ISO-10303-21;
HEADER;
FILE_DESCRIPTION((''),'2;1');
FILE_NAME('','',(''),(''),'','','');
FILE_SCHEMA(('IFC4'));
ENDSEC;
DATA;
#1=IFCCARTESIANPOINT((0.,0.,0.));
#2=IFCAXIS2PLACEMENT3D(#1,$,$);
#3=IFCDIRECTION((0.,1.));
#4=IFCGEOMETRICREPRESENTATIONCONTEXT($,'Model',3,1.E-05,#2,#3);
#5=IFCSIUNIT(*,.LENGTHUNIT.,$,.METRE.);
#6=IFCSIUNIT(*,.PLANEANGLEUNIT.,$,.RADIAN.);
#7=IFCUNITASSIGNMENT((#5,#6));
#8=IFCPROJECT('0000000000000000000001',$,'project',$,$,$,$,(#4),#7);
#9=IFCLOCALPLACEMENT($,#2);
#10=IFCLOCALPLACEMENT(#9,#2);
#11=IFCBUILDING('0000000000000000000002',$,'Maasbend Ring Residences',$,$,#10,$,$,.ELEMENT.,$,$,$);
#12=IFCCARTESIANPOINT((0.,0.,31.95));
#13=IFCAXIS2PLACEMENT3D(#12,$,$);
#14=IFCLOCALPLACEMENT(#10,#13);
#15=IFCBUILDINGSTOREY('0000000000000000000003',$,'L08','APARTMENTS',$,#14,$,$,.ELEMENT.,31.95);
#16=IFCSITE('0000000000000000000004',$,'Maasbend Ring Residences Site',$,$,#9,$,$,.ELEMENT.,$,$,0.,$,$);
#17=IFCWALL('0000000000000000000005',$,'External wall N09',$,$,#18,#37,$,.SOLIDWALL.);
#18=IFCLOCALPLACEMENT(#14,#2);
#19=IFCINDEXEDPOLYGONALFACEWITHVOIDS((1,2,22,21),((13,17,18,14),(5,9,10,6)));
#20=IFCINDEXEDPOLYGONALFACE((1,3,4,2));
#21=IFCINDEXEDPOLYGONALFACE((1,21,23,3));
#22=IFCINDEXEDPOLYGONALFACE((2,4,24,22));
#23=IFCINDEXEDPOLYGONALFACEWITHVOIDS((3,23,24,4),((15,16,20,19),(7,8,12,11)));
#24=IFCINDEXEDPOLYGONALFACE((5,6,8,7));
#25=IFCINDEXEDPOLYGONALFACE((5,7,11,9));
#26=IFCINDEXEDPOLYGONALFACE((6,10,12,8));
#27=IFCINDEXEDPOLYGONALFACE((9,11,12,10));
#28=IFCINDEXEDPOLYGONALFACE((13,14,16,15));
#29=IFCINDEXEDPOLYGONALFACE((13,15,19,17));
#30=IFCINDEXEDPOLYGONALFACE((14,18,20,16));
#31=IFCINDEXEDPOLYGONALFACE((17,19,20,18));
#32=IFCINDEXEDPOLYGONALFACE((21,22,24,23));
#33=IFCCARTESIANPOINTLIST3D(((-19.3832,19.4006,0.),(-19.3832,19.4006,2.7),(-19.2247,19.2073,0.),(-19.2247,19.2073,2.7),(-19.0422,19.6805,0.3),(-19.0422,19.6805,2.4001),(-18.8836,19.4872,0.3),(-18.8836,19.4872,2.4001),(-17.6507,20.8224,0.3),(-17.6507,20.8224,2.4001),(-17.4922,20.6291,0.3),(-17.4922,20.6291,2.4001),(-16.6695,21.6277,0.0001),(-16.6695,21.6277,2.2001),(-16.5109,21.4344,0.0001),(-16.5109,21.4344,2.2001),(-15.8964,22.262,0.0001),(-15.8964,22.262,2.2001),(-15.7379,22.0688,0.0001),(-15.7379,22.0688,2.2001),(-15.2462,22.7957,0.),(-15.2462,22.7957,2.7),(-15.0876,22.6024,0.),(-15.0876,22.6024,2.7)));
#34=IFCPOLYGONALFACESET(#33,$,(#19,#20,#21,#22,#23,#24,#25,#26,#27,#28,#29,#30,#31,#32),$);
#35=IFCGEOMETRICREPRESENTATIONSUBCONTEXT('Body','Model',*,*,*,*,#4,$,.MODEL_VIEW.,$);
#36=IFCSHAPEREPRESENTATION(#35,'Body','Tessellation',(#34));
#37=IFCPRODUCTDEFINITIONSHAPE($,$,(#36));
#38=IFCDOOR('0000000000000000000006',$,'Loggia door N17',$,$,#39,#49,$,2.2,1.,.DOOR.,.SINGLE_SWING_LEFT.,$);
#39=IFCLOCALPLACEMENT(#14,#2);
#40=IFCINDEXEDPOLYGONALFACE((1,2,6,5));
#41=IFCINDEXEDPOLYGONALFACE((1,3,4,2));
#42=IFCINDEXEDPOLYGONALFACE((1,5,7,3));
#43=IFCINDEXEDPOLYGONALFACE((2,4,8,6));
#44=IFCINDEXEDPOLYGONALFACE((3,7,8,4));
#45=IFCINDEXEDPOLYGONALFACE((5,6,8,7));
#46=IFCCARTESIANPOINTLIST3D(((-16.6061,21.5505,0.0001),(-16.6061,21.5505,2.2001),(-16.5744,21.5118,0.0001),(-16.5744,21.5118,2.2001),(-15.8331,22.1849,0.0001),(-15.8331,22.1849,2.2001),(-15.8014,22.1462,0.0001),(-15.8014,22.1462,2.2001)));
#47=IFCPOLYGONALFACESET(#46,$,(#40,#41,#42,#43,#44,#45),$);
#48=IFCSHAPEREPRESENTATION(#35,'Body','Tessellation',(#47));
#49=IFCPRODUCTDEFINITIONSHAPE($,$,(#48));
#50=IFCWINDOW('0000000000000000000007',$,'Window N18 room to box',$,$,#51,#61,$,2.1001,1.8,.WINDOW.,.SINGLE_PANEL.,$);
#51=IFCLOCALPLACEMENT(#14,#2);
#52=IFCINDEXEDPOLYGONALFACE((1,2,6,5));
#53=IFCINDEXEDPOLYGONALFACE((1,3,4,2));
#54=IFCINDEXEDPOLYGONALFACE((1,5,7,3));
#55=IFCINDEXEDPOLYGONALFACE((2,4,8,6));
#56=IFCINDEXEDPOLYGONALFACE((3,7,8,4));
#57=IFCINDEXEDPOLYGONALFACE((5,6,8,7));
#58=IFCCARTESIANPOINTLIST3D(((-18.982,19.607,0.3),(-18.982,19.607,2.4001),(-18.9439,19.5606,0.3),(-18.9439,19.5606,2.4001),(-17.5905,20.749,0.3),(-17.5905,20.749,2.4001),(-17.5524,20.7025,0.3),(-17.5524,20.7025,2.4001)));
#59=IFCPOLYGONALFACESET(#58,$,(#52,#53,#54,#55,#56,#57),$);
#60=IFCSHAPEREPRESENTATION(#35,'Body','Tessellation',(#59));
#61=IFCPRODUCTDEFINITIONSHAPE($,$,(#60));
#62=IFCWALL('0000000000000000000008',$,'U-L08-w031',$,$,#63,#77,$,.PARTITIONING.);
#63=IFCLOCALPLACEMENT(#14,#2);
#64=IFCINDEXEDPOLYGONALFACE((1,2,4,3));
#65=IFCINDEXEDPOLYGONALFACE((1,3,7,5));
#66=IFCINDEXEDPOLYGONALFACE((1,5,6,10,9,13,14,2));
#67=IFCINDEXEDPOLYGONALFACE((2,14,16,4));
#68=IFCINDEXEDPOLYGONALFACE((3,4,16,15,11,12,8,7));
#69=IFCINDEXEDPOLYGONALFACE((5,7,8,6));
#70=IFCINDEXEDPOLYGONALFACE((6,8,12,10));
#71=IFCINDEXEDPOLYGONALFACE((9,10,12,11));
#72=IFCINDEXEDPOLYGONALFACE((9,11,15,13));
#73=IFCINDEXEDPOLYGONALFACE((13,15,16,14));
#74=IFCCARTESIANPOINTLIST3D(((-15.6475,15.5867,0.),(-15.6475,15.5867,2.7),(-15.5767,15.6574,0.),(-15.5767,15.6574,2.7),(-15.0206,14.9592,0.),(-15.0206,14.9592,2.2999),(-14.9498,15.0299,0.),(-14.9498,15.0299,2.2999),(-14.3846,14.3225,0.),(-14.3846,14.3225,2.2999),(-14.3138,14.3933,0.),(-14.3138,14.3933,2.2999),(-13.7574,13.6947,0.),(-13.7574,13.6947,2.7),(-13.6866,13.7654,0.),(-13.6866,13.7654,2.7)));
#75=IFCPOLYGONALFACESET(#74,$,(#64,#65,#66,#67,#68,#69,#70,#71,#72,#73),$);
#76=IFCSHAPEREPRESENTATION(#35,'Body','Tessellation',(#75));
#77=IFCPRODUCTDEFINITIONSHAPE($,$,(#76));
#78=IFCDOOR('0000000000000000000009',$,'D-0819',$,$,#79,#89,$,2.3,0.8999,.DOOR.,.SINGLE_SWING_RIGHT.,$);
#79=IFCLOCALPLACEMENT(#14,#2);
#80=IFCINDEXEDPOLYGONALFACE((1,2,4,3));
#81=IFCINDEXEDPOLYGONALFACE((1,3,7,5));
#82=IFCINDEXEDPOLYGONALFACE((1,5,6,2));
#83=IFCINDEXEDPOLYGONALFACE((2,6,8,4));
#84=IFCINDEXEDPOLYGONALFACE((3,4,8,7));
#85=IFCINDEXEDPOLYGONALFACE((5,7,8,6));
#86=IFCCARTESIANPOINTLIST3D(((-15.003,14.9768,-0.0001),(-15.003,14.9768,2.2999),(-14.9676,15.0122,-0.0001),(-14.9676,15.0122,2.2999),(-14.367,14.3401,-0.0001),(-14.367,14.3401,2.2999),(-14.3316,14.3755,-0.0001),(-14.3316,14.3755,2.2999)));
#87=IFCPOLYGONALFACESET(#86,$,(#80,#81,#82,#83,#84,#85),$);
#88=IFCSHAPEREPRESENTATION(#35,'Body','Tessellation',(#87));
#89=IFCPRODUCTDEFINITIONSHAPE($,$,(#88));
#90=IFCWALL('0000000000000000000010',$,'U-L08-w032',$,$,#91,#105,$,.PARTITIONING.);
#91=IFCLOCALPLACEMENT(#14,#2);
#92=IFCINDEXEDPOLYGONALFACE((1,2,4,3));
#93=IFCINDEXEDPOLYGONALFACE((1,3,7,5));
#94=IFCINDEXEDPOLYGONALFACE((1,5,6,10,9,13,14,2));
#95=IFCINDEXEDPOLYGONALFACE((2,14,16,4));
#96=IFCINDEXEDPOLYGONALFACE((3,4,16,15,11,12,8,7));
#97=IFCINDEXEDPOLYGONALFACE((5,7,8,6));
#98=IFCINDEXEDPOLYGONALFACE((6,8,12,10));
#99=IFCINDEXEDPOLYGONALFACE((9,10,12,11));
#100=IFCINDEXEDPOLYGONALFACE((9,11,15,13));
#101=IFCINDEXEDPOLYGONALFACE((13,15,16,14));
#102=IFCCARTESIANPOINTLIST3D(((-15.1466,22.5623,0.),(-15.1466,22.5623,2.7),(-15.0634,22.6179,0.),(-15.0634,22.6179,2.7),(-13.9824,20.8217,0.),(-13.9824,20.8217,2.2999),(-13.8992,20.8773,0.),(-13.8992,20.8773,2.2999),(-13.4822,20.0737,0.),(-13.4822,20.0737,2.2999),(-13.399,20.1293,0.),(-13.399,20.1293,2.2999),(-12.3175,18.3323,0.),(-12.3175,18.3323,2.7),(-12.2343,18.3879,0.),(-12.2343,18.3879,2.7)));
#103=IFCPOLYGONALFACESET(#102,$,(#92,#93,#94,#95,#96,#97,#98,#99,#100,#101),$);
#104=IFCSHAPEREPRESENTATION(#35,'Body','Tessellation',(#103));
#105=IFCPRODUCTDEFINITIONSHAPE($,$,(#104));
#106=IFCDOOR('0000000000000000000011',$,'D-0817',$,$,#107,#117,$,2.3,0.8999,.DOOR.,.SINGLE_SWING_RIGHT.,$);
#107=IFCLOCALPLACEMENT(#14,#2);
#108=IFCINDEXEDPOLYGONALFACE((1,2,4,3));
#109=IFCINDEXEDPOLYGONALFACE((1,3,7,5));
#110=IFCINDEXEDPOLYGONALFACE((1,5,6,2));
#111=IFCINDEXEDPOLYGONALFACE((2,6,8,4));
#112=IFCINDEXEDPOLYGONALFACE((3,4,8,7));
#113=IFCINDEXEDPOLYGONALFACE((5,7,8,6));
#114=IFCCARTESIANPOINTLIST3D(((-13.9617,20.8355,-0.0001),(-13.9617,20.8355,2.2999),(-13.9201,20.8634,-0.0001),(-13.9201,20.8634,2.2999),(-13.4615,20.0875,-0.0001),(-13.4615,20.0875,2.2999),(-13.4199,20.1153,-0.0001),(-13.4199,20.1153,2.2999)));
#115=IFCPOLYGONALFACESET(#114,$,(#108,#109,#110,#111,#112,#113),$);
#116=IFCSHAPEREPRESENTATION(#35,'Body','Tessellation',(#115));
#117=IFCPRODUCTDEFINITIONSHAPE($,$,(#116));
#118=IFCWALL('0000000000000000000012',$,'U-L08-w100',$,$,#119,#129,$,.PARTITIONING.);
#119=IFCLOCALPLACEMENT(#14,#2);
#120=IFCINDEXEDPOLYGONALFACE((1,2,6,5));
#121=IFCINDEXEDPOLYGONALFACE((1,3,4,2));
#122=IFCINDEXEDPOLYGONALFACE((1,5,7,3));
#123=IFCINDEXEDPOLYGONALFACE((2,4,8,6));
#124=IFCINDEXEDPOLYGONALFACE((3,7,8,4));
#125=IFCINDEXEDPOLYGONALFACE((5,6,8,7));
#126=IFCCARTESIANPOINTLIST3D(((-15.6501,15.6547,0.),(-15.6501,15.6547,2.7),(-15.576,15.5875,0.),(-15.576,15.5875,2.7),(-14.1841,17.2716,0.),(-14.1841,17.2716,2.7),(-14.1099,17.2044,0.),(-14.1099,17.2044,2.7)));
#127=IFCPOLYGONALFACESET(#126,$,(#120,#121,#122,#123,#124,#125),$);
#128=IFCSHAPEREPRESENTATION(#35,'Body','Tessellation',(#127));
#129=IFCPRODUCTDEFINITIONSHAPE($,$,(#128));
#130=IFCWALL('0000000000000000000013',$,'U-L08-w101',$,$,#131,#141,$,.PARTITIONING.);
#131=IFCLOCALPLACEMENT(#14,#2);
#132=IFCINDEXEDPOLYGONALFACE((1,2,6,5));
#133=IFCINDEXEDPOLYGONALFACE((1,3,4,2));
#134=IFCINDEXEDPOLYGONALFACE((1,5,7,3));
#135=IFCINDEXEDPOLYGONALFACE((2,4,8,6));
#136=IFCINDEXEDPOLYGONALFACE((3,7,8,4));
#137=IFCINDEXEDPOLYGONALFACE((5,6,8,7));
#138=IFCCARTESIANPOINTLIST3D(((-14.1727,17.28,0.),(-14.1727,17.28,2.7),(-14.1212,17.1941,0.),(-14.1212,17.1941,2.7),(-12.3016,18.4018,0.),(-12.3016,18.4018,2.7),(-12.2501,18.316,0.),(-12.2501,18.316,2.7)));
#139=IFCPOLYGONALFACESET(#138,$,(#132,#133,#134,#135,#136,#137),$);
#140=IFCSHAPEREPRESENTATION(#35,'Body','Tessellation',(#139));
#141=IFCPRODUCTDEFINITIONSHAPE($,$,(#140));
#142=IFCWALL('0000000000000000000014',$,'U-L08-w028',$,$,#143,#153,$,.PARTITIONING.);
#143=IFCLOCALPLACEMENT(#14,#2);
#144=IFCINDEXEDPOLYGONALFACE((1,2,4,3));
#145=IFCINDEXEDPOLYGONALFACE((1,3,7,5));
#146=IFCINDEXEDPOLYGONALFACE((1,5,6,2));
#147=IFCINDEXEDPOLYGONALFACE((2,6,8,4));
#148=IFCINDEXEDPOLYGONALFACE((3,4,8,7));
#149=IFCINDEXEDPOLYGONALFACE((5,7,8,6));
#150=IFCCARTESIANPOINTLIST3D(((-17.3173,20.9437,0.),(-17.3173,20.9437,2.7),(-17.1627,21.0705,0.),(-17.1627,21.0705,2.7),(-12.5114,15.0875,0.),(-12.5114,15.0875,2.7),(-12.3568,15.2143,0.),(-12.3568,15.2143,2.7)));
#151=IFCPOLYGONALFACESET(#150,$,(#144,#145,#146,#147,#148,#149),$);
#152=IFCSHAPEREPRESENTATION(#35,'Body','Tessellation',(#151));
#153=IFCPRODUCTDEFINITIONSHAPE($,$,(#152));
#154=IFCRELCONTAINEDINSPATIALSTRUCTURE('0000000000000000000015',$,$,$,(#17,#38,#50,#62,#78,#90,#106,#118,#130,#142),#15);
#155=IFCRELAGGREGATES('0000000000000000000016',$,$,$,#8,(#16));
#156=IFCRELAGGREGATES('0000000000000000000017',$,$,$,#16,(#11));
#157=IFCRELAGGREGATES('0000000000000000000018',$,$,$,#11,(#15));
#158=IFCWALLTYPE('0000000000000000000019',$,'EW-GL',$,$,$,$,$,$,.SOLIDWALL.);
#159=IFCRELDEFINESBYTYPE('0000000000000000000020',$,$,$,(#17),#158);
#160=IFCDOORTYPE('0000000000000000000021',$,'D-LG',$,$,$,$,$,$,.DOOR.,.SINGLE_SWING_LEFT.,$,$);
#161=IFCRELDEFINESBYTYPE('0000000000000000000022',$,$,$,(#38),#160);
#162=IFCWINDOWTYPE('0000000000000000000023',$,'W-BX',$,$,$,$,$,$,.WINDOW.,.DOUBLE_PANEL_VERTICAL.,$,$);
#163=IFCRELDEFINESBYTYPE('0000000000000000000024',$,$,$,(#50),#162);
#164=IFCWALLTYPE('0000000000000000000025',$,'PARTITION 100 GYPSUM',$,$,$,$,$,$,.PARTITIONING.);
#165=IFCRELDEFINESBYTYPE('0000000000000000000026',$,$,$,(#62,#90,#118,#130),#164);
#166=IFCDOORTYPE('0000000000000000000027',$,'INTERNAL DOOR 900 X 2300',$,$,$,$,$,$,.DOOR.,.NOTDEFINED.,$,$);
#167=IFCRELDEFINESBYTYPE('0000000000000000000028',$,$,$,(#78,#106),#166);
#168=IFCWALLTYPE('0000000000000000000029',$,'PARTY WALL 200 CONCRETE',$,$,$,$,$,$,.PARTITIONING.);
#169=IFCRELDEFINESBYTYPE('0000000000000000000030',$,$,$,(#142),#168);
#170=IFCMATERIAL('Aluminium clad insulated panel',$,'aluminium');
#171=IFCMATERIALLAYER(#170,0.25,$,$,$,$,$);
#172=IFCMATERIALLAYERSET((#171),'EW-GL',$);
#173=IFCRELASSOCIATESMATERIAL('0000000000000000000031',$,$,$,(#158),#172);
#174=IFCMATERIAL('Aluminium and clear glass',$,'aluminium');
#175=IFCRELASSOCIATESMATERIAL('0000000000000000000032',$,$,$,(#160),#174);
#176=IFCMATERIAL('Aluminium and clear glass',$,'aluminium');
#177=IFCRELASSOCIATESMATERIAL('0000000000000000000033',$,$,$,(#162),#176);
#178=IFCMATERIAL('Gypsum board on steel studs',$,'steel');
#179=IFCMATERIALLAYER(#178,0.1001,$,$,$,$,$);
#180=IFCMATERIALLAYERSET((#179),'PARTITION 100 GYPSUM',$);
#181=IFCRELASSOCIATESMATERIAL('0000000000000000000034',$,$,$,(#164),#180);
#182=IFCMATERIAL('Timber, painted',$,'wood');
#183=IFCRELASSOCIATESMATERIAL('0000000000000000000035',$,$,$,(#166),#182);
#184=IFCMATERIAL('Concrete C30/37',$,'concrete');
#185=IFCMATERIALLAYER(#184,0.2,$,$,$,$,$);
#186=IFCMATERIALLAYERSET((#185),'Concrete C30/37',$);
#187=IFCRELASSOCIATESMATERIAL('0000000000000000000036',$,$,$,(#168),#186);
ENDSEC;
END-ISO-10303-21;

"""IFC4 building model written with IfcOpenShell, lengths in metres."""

from ifc_helpers import new_model, si_unit, direction, frame, frame_2d, origin, place, context, subcontext, project, spatial, rectangle, extrude, material, layer, layer_set, type_object, element, fill, save


model = new_model("IFC4")

# Units and contexts
model_context = context("Model", 3, precision=1e-05, world=origin(), true_north=direction((0.0, 1.0)))
body_context = subcontext(model_context, "Body", "Model", "MODEL_VIEW")
ifc_project = project(units=[si_unit("LENGTHUNIT", "METRE"), si_unit("PLANEANGLEUNIT", "RADIAN")], contexts=[model_context])

# Site, building, storey
site_placement = place(None, origin())
site = spatial("IfcSite", under=ifc_project, at=site_placement, Name="Maasbend Ring Residences Site", CompositionType="ELEMENT", RefElevation=0.0)
building_placement = place(site_placement, origin())
building = spatial("IfcBuilding", under=site, at=building_placement, Name="Maasbend Ring Residences", CompositionType="ELEMENT")
storey_placement = place(building_placement, frame((0.0, 0.0, 31.95)))
storey = spatial("IfcBuildingStorey", under=building, at=storey_placement, Name="L08", Description="APARTMENTS", CompositionType="ELEMENT", Elevation=31.95)

# Wall, openings, door, window
ifc_material_1 = material(Name="Aluminium clad insulated panel", Category="aluminium")
ifc_layer_1 = layer(ifc_material_1, 0.25)
ifc_layer_set_1 = layer_set([ifc_layer_1], Name="EW-GL")
wall_type_1 = type_object("IfcWallType", Name="EW-GL", PredefinedType="SOLIDWALL", material=ifc_layer_set_1)
wall_1_placement = place(storey_placement, frame((-15.167, 22.699, 0.0), z_axis=(0.0, 0.0, 1.0), x_axis=(-0.773019, -0.634382, 0.0)))
wall_1 = element("IfcWall", 1, at=wall_1_placement, inside=storey, type_object=wall_type_1, Name="External wall N09", PredefinedType="SOLIDWALL", context=body_context, shape_type="SweptSolid", body=[
    extrude(rectangle(XDim=5.3518, YDim=0.25, at=frame_2d((2.6758, 0.0))), origin(), (0.0, 0.0, 1.0), 2.7),
])
opening_1_placement = place(wall_1_placement, frame((0.8411, 0.0, 0.0)))
opening_1 = element("IfcOpeningElement", 2, at=opening_1_placement, cuts=wall_1, PredefinedType="OPENING", context=body_context, shape_type="SweptSolid", body=[
    extrude(rectangle(XDim=1.0, YDim=2.2, at=frame_2d((0.5, 1.1001))), frame((0.0, 0.135, 0.0), z_axis=(0.0, -1.0, 0.0), x_axis=(1.0, 0.0, 0.0)), (0.0, 0.0, 1.0), 0.27),
])
opening_2_placement = place(wall_1_placement, frame((3.1106, 0.0, 0.3)))
opening_2 = element("IfcOpeningElement", 3, at=opening_2_placement, cuts=wall_1, PredefinedType="OPENING", context=body_context, shape_type="SweptSolid", body=[
    extrude(rectangle(XDim=1.8, YDim=2.1001, at=frame_2d((0.8999, 1.05))), frame((0.0, 0.135, 0.0), z_axis=(0.0, -1.0, 0.0), x_axis=(1.0, 0.0, 0.0)), (0.0, 0.0, 1.0), 0.27),
])
ifc_material_2 = material(Name="Aluminium and clear glass", Category="aluminium")
door_type_1 = type_object("IfcDoorType", Name="D-LG", OperationType="SINGLE_SWING_LEFT", PredefinedType="DOOR", material=ifc_material_2)
door_1_placement = place(opening_1_placement, origin())
door_1 = element("IfcDoor", 4, at=door_1_placement, inside=storey, type_object=door_type_1, Name="Loggia door N17", OperationType="SINGLE_SWING_LEFT", OverallHeight=2.2, OverallWidth=1.0, PredefinedType="DOOR", context=body_context, shape_type="SweptSolid", body=[
    extrude(rectangle(XDim=1.0, YDim=2.2, at=frame_2d((0.5, 1.1001))), frame((0.0, 0.0249, 0.0), z_axis=(0.0, -1.0, 0.0), x_axis=(1.0, 0.0, 0.0)), (0.0, 0.0, 1.0), 0.05),
])
fill(opening_1, door_1)
ifc_material_3 = material(Name="Aluminium and clear glass", Category="aluminium")
window_type_1 = type_object("IfcWindowType", Name="W-BX", PartitioningType="DOUBLE_PANEL_VERTICAL", PredefinedType="WINDOW", material=ifc_material_3)
window_1_placement = place(opening_2_placement, origin())
window_1 = element("IfcWindow", 5, at=window_1_placement, inside=storey, type_object=window_type_1, Name="Window N18 room to box", OverallHeight=2.1001, OverallWidth=1.8, PartitioningType="SINGLE_PANEL", PredefinedType="WINDOW", context=body_context, shape_type="SweptSolid", body=[
    extrude(rectangle(XDim=1.8, YDim=2.1001, at=frame_2d((0.8999, 1.05))), frame((0.0, 0.03, 0.0), z_axis=(0.0, -1.0, 0.0), x_axis=(1.0, 0.0, 0.0)), (0.0, 0.0, 1.0), 0.0601),
])
fill(opening_2, window_1)

# Walls, openings, doors
ifc_material_4 = material(Name="Gypsum board on steel studs", Category="steel")
ifc_layer_2 = layer(ifc_material_4, 0.1001)
ifc_layer_set_2 = layer_set([ifc_layer_2], Name="PARTITION 100 GYPSUM")
wall_type_2 = type_object("IfcWallType", Name="PARTITION 100 GYPSUM", PredefinedType="PARTITIONING", material=ifc_layer_set_2)
wall_2_placement = place(storey_placement, frame((-15.6121, 15.6221, 0.0), z_axis=(0.0, 0.0, 1.0), x_axis=(0.706742, -0.707472, 0.0)))
wall_2 = element("IfcWall", 6, at=wall_2_placement, inside=storey, type_object=wall_type_2, Name="U-L08-w031", PredefinedType="PARTITIONING", context=body_context, shape_type="SweptSolid", body=[
    extrude(rectangle(XDim=2.6743, YDim=0.1001, at=frame_2d((1.3372, 0.0))), origin(), (0.0, 0.0, 1.0), 2.7),
])
opening_3_placement = place(wall_2_placement, frame((0.887, 0.0, 0.0)))
opening_3 = element("IfcOpeningElement", 7, at=opening_3_placement, cuts=wall_2, PredefinedType="OPENING", context=body_context, shape_type="SweptSolid", body=[
    extrude(rectangle(XDim=0.8999, YDim=2.3, at=frame_2d((0.45, 1.1499))), frame((0.0, 0.0601, 0.0), z_axis=(0.0, -1.0, 0.0), x_axis=(1.0, 0.0, 0.0)), (0.0, 0.0, 1.0), 0.1201),
])
ifc_material_5 = material(Name="Timber, painted", Category="wood")
door_type_2 = type_object("IfcDoorType", Name="INTERNAL DOOR 900 X 2300", OperationType="NOTDEFINED", PredefinedType="DOOR", material=ifc_material_5)
door_2_placement = place(opening_3_placement, origin())
door_2 = element("IfcDoor", 8, at=door_2_placement, inside=storey, type_object=door_type_2, Name="D-0819", OperationType="SINGLE_SWING_RIGHT", OverallHeight=2.3, OverallWidth=0.8999, PredefinedType="DOOR", context=body_context, shape_type="SweptSolid", body=[
    extrude(rectangle(XDim=0.8999, YDim=2.3, at=frame_2d((0.45, 1.1499))), frame((0.0, 0.0249, 0.0), z_axis=(0.0, -1.0, 0.0), x_axis=(1.0, 0.0, 0.0)), (0.0, 0.0, 1.0), 0.05),
])
fill(opening_3, door_2)
wall_3_placement = place(storey_placement, frame((-15.105, 22.5901, 0.0), z_axis=(0.0, 0.0, 1.0), x_axis=(0.55594, -0.831223, 0.0)))
wall_3 = element("IfcWall", 9, at=wall_3_placement, inside=storey, type_object=wall_type_2, Name="U-L08-w032", PredefinedType="PARTITIONING", context=body_context, shape_type="SweptSolid", body=[
    extrude(rectangle(XDim=5.0889, YDim=0.1001, at=frame_2d((2.5444, 0.0))), origin(), (0.0, 0.0, 1.0), 2.7),
])
opening_4_placement = place(wall_3_placement, frame((2.094, 0.0, 0.0)))
opening_4 = element("IfcOpeningElement", 10, at=opening_4_placement, cuts=wall_3, PredefinedType="OPENING", context=body_context, shape_type="SweptSolid", body=[
    extrude(rectangle(XDim=0.8999, YDim=2.3, at=frame_2d((0.45, 1.1499))), frame((0.0, 0.0601, 0.0), z_axis=(0.0, -1.0, 0.0), x_axis=(1.0, 0.0, 0.0)), (0.0, 0.0, 1.0), 0.1201),
])
door_3_placement = place(opening_4_placement, origin())
door_3 = element("IfcDoor", 11, at=door_3_placement, inside=storey, type_object=door_type_2, Name="D-0817", OperationType="SINGLE_SWING_RIGHT", OverallHeight=2.3, OverallWidth=0.8999, PredefinedType="DOOR", context=body_context, shape_type="SweptSolid", body=[
    extrude(rectangle(XDim=0.8999, YDim=2.3, at=frame_2d((0.45, 1.1499))), frame((0.0, 0.0249, 0.0), z_axis=(0.0, -1.0, 0.0), x_axis=(1.0, 0.0, 0.0)), (0.0, 0.0, 1.0), 0.05),
])
fill(opening_4, door_3)

# Walls
wall_4_placement = place(storey_placement, frame((-15.613, 15.6211, 0.0), z_axis=(0.0, 0.0, 1.0), x_axis=(0.671698, 0.740825, 0.0)))
element("IfcWall", 12, at=wall_4_placement, inside=storey, type_object=wall_type_2, Name="U-L08-w100", PredefinedType="PARTITIONING", context=body_context, shape_type="SweptSolid", body=[
    extrude(rectangle(XDim=2.1826, YDim=0.1001, at=frame_2d((1.0913, 0.0))), origin(), (0.0, 0.0, 1.0), 2.7),
])
wall_5_placement = place(storey_placement, frame((-14.147, 17.2371, 0.0), z_axis=(0.0, 0.0, 1.0), x_axis=(0.857661, 0.514216, 0.0)))
element("IfcWall", 13, at=wall_5_placement, inside=storey, type_object=wall_type_2, Name="U-L08-w101", PredefinedType="PARTITIONING", context=body_context, shape_type="SweptSolid", body=[
    extrude(rectangle(XDim=2.1816, YDim=0.1001, at=frame_2d((1.0908, 0.0))), origin(), (0.0, 0.0, 1.0), 2.7),
])
ifc_material_6 = material(Name="Concrete C30/37", Category="concrete")
ifc_layer_3 = layer(ifc_material_6, 0.2)
ifc_layer_set_3 = layer_set([ifc_layer_3], Name="Concrete C30/37")
wall_type_3 = type_object("IfcWallType", Name="PARTY WALL 200 CONCRETE", PredefinedType="PARTITIONING", material=ifc_layer_set_3)
wall_6_placement = place(storey_placement, frame((-17.24, 21.0071, 0.0), z_axis=(0.0, 0.0, 1.0), x_axis=(0.634381, -0.77302, 0.0)))
element("IfcWall", 14, at=wall_6_placement, inside=storey, type_object=wall_type_3, Name="U-L08-w028", PredefinedType="PARTITIONING", context=body_context, shape_type="SweptSolid", body=[
    extrude(rectangle(XDim=7.5757, YDim=0.2, at=frame_2d((3.7878, 0.0))), origin(), (0.0, 0.0, 1.0), 2.7),
])

save(model, "model.ifc")
